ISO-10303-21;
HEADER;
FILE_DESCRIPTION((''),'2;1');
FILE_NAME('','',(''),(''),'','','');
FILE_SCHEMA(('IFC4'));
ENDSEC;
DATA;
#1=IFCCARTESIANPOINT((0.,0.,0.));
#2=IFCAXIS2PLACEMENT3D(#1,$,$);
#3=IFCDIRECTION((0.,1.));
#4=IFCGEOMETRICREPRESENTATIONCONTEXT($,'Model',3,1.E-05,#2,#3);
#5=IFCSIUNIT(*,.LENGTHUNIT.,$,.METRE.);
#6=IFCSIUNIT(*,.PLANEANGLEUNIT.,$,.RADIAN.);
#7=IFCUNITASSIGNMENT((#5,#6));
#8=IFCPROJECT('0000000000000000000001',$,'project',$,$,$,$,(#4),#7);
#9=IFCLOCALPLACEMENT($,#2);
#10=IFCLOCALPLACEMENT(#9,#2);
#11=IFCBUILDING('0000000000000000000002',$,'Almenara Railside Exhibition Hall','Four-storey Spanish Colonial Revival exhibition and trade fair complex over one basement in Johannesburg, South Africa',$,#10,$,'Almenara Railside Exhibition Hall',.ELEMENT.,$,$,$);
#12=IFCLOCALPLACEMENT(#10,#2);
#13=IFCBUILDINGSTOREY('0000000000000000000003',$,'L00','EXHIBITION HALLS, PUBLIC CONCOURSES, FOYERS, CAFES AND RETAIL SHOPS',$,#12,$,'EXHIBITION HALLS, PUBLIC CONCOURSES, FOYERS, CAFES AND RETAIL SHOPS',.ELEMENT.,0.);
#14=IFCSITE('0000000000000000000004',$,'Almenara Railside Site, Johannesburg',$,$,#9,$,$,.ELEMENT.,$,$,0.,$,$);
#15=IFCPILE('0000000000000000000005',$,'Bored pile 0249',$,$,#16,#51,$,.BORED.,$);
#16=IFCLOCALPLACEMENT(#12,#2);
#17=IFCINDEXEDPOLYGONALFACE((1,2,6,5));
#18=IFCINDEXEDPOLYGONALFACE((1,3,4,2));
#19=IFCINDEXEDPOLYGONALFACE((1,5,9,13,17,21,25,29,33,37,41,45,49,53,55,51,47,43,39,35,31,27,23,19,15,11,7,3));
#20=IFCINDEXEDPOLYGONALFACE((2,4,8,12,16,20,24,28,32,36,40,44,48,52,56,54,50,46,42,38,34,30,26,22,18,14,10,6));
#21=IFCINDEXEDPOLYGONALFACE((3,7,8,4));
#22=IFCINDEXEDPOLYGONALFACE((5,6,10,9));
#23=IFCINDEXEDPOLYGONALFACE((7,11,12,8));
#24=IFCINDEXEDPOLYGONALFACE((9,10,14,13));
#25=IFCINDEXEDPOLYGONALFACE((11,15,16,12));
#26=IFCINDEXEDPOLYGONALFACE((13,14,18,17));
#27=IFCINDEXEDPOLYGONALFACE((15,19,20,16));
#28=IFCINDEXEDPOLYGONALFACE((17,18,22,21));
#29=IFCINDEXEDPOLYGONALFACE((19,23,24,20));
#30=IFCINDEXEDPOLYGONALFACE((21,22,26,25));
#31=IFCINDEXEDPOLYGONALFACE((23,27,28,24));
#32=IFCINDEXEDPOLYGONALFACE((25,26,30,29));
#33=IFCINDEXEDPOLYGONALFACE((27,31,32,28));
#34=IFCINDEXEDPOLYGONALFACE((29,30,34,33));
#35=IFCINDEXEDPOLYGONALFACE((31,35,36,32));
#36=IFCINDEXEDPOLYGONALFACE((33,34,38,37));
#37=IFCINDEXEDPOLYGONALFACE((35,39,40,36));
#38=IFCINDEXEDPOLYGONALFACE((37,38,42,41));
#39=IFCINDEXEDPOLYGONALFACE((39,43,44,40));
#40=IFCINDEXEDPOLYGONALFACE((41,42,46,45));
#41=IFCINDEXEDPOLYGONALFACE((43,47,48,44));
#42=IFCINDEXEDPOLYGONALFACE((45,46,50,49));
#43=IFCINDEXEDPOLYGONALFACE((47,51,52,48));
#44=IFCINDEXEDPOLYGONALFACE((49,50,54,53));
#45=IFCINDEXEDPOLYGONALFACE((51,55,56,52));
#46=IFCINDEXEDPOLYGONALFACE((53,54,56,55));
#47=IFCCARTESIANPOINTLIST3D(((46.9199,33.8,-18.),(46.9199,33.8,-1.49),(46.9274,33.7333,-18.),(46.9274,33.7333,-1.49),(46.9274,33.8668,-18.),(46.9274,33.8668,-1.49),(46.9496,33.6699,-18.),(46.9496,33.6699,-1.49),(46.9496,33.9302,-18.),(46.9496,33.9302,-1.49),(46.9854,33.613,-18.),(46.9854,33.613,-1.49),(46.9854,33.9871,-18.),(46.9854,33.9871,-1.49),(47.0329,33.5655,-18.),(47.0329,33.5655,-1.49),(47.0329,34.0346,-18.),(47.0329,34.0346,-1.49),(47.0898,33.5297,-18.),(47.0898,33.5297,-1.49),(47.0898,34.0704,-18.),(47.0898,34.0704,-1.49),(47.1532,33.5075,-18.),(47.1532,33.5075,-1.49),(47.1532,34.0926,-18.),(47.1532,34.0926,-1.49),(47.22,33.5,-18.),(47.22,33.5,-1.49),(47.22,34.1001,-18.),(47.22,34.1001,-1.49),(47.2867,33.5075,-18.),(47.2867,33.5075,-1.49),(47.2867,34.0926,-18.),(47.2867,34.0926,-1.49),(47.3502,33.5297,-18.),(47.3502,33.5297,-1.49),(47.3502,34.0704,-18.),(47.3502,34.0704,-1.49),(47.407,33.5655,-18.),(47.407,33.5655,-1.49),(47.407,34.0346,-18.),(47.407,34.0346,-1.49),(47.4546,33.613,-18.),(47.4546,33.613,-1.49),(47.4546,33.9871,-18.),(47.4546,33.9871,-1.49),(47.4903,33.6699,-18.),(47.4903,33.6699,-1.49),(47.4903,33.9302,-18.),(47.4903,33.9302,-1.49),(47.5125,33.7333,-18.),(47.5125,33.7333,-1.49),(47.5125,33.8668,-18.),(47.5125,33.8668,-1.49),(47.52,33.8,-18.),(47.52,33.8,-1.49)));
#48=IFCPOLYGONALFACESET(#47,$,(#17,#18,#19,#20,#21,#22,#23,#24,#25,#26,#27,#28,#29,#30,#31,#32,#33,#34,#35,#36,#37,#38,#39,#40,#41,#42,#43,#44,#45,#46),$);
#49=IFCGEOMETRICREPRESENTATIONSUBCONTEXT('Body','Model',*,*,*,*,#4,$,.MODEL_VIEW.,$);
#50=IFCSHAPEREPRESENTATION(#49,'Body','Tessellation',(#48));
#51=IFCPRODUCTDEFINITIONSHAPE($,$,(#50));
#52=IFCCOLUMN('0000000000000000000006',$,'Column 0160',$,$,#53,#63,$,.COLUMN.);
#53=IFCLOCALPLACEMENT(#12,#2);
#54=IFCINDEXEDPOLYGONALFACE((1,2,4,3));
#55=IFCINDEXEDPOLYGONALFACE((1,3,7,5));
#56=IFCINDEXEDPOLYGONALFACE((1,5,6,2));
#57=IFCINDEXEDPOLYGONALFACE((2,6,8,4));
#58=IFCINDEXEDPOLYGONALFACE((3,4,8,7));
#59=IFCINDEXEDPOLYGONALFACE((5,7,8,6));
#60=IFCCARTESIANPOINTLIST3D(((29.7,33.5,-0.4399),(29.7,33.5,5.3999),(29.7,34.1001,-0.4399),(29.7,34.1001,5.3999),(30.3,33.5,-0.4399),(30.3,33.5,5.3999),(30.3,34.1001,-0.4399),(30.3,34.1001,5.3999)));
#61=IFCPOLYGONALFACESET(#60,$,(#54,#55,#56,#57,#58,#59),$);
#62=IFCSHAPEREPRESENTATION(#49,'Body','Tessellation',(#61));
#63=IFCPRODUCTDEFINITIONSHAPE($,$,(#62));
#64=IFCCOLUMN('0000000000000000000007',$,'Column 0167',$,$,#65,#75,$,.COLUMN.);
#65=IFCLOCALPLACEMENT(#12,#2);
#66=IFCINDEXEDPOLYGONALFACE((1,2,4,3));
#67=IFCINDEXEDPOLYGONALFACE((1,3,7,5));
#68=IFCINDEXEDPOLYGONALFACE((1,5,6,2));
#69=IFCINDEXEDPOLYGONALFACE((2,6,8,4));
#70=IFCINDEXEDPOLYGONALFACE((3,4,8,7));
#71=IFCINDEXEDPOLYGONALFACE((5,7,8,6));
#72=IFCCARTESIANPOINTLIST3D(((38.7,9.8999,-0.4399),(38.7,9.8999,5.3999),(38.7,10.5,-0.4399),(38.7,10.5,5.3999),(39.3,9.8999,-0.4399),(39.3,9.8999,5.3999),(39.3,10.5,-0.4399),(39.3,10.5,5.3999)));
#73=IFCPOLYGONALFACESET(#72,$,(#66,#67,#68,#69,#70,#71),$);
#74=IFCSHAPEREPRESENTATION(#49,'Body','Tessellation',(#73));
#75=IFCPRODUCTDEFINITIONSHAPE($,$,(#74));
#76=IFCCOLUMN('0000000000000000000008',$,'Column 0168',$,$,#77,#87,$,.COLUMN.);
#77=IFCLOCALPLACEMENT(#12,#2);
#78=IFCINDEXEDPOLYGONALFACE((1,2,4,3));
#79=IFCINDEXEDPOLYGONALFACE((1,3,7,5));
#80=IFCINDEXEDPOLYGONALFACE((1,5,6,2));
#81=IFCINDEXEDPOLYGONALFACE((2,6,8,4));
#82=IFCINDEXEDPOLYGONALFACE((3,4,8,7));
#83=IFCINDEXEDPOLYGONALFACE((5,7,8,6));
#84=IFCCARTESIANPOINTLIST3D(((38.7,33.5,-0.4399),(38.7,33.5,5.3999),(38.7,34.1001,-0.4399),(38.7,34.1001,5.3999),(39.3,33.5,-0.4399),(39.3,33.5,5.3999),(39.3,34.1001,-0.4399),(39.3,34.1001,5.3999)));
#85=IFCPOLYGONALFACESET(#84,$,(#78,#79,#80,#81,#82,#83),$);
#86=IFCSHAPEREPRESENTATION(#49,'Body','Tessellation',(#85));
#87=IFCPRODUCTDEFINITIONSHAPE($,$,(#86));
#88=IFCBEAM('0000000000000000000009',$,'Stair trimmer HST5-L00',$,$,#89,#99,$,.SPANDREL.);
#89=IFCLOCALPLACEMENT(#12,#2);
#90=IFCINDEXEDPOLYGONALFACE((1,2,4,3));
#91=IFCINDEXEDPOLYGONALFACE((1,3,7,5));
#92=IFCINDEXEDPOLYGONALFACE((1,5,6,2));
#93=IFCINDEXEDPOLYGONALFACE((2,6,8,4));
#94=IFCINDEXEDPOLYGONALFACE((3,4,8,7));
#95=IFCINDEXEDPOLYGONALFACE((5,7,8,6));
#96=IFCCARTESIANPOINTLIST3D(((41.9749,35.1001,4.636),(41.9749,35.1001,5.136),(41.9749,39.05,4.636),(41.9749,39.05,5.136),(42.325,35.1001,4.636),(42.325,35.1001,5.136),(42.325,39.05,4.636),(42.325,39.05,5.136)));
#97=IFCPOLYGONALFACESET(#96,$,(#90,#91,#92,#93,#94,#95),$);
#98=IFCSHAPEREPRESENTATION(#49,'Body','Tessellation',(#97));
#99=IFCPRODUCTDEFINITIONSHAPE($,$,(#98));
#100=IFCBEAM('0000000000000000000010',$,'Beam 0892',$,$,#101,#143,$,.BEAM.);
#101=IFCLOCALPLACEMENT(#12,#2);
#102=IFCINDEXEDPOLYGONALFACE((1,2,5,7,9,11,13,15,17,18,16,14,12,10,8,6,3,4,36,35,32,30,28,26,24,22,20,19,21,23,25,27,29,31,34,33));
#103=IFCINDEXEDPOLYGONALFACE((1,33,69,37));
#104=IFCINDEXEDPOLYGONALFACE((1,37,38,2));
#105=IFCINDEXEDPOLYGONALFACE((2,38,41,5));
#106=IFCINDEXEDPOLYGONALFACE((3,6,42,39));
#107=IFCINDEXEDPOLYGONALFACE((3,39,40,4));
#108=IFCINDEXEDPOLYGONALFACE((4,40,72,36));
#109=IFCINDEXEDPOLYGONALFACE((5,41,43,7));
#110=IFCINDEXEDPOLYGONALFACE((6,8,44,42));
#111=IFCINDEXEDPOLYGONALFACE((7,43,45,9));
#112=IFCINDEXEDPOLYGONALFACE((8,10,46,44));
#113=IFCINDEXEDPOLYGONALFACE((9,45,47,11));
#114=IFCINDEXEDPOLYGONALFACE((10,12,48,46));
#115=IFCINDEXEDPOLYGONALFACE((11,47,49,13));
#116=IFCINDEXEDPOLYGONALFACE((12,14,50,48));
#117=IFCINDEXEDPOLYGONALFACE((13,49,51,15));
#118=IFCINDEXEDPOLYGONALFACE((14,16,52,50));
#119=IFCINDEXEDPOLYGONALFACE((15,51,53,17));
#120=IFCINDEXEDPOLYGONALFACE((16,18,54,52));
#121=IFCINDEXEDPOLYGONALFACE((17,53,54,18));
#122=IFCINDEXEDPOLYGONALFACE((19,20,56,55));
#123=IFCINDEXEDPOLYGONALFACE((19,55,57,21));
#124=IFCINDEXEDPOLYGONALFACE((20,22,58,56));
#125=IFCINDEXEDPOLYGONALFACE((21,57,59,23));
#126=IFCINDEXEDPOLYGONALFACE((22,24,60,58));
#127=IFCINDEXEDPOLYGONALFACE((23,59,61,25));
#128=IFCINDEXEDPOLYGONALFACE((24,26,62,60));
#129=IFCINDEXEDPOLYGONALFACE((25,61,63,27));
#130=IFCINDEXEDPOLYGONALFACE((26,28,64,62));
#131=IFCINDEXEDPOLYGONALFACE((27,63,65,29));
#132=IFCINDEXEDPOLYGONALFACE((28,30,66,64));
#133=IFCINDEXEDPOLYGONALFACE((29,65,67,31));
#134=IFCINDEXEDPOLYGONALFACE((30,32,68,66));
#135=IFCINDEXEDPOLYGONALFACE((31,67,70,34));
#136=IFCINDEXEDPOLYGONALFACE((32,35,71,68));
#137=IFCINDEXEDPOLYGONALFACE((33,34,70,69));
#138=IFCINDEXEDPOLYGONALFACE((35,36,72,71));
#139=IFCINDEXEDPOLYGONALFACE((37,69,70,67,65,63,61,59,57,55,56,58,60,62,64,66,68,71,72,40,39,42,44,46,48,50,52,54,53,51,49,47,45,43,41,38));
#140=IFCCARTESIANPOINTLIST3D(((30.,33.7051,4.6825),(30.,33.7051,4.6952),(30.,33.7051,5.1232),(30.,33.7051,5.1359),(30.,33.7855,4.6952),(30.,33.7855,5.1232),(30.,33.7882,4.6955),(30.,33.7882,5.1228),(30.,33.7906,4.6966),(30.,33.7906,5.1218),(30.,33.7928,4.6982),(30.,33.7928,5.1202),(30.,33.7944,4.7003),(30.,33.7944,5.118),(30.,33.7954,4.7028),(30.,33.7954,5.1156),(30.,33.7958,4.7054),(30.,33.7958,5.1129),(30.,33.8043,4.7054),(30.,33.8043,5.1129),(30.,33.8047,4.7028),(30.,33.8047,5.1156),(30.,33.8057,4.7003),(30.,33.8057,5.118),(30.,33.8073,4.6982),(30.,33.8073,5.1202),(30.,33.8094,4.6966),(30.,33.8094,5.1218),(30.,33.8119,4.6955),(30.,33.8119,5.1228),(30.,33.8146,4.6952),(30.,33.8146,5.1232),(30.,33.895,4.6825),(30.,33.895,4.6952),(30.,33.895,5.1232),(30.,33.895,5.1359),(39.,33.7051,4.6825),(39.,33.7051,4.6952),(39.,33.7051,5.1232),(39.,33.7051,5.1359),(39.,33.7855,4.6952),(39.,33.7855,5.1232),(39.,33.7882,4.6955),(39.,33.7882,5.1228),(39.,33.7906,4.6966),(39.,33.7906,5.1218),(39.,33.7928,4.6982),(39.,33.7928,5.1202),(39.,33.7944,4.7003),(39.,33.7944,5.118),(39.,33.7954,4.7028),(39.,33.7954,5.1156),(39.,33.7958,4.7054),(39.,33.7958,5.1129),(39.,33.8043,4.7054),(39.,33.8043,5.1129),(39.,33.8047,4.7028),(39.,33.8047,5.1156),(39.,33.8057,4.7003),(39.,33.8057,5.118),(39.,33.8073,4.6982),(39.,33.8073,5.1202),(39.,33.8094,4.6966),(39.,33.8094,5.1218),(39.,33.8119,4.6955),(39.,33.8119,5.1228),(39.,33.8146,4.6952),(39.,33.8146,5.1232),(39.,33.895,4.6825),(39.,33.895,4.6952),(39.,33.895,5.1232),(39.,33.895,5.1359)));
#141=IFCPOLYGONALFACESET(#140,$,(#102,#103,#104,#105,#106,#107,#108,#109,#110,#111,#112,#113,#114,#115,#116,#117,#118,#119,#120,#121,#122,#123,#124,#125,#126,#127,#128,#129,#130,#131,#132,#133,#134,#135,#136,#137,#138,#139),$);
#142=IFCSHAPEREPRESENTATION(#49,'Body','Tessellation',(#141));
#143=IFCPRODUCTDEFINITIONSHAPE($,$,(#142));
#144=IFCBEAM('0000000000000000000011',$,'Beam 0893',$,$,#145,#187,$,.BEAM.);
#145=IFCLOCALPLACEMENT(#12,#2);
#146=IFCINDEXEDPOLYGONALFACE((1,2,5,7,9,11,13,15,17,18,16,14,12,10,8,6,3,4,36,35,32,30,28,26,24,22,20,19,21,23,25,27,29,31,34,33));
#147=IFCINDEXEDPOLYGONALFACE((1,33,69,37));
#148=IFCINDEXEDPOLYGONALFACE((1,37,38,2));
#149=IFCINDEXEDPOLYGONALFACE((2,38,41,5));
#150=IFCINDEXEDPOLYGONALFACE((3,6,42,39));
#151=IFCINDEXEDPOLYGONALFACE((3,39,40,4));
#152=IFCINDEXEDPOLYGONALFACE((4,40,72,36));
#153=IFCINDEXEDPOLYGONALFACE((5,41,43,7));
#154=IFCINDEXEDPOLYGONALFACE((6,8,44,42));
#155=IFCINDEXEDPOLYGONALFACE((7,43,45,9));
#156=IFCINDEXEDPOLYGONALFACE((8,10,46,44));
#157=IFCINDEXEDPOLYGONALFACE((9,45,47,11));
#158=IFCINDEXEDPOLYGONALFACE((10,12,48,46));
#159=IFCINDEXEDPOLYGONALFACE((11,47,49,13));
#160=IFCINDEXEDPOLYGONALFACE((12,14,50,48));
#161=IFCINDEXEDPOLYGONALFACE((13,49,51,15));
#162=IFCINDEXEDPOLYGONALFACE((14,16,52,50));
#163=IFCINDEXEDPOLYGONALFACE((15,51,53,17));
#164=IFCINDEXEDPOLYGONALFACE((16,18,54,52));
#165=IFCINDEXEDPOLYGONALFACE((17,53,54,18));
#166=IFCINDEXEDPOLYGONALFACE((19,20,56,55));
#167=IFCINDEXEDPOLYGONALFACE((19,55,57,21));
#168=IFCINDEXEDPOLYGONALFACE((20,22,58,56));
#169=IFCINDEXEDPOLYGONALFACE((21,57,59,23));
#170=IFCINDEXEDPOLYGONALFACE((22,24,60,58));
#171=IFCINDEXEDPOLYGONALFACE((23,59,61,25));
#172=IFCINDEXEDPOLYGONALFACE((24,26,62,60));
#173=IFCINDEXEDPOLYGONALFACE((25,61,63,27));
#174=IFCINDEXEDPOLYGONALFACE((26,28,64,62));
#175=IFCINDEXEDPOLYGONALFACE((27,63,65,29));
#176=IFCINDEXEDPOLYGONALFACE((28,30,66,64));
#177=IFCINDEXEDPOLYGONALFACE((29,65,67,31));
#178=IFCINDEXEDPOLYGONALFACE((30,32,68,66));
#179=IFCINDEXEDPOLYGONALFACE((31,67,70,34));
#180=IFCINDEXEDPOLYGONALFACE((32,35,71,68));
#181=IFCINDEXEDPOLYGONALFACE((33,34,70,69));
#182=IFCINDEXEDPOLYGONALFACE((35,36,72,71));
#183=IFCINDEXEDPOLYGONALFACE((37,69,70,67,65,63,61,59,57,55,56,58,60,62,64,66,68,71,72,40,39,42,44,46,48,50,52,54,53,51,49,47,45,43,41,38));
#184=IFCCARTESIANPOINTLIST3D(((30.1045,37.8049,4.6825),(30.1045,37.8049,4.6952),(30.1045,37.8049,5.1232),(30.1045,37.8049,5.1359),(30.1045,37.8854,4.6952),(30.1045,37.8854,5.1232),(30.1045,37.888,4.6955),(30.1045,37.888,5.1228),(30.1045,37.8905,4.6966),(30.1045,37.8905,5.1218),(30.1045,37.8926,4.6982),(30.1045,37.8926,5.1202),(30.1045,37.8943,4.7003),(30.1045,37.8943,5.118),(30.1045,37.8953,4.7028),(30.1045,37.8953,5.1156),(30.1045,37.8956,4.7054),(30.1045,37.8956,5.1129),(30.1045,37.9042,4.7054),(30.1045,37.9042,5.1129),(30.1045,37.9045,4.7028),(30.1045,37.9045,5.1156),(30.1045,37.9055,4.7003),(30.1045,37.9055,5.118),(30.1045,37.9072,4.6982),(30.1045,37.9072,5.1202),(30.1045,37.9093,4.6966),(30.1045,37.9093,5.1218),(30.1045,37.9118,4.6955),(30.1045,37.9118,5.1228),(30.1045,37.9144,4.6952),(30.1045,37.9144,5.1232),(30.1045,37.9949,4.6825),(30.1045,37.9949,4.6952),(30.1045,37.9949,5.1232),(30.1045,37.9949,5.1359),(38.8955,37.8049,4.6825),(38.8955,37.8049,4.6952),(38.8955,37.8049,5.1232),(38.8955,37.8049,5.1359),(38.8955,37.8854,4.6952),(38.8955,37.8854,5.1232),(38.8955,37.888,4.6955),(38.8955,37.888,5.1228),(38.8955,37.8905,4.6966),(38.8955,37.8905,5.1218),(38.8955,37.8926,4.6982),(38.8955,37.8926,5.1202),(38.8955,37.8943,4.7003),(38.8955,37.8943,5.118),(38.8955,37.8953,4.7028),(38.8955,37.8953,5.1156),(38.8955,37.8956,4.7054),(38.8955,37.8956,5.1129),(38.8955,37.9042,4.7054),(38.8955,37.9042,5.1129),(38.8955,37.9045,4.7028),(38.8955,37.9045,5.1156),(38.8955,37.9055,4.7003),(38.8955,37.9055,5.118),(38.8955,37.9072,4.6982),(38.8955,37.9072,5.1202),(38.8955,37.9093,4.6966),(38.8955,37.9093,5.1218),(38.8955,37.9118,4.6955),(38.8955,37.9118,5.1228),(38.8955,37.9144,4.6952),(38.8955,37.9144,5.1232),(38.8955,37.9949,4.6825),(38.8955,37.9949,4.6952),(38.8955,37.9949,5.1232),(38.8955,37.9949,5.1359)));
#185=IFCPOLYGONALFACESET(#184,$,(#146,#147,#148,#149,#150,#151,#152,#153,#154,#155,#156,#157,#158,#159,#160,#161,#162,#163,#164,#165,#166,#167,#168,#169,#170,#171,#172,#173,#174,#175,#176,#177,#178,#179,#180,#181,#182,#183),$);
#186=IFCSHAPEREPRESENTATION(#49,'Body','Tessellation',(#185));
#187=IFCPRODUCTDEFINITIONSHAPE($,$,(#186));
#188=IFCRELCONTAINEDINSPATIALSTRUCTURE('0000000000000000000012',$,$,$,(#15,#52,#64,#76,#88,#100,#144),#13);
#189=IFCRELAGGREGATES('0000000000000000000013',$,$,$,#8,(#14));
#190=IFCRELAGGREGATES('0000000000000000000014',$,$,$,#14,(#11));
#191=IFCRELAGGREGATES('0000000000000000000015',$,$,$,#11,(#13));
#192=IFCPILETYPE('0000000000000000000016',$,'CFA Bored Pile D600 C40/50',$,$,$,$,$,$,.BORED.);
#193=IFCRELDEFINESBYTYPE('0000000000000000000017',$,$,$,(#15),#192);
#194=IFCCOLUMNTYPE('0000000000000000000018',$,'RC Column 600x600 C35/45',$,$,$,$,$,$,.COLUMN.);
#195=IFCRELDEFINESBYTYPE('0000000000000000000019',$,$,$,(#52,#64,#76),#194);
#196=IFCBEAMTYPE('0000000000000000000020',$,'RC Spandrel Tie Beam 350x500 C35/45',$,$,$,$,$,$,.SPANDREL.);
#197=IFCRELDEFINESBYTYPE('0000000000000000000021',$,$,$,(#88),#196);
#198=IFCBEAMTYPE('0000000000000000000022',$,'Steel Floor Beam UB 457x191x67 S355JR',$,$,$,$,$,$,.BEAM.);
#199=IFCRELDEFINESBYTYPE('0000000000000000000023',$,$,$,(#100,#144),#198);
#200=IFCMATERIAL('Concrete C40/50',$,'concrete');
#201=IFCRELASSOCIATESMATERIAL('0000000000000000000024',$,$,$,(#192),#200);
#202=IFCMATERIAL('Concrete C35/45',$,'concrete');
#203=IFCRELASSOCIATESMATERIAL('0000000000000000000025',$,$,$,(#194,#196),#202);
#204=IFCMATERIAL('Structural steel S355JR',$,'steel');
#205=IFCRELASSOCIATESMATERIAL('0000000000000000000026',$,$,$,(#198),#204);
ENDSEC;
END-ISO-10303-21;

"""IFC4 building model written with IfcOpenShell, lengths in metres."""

from ifc_helpers import new_model, si_unit, direction, frame, origin, origin_2d, place, context, subcontext, project, spatial, rectangle, circle, i_section, extrude, material, material_profile, profile_set, type_object, element, save


model = new_model("IFC4")

# Units and contexts
model_context = context("Model", 3, precision=1e-05, world=origin(), true_north=direction((0.0, 1.0)))
body_context = subcontext(model_context, "Body", "Model", "MODEL_VIEW")
ifc_project = project(units=[si_unit("LENGTHUNIT", "METRE"), si_unit("PLANEANGLEUNIT", "RADIAN")], contexts=[model_context])

# Site, building, storey
site_placement = place(None, origin())
site = spatial("IfcSite", under=ifc_project, at=site_placement, Name="Almenara Railside Site, Johannesburg", CompositionType="ELEMENT", RefElevation=0.0)
building_placement = place(site_placement, origin())
building = spatial("IfcBuilding", under=site, at=building_placement, Name="Almenara Railside Exhibition Hall", Description="Four-storey Spanish Colonial Revival exhibition and trade fair complex over one basement in Johannesburg, South Africa", LongName="Almenara Railside Exhibition Hall", CompositionType="ELEMENT")
storey_placement = place(building_placement, origin())
storey = spatial("IfcBuildingStorey", under=building, at=storey_placement, Name="L00", Description="EXHIBITION HALLS, PUBLIC CONCOURSES, FOYERS, CAFES AND RETAIL SHOPS", LongName="EXHIBITION HALLS, PUBLIC CONCOURSES, FOYERS, CAFES AND RETAIL SHOPS", CompositionType="ELEMENT", Elevation=0.0)

# Pile
ifc_material_1 = material(Name="Concrete C40/50", Category="concrete")
ifc_material_profile_1 = material_profile(ifc_material_1, circle(Radius=0.3, at=origin_2d()), Name="CFA-PILE D600")
ifc_profile_set_1 = profile_set([ifc_material_profile_1], Name="Concrete C40/50")
pile_type = type_object("IfcPileType", Name="CFA Bored Pile D600 C40/50", PredefinedType="BORED", material=ifc_profile_set_1)
for number, where, z_axis, x_axis, name in (
    (1, (47.22, 33.8, -1.49), (0.0, 0.0, -1.0), (1.0, 0.0, 0.0), "Bored pile 0249"),
):
    element("IfcPile", number, at=place(storey_placement, frame(where, z_axis=z_axis, x_axis=x_axis)), inside=storey, type_object=pile_type, Name=name, PredefinedType="BORED", context=body_context, shape_type="SweptSolid", body=[
        extrude(circle(Radius=0.3, at=origin_2d()), origin(), (0.0, 0.0, 1.0), 16.51),
    ])

# Columns
ifc_material_2 = material(Name="Concrete C35/45", Category="concrete")
ifc_material_profile_2 = material_profile(ifc_material_2, rectangle(XDim=0.6001, YDim=0.6001, at=origin_2d()), Name="RC 600x600")
ifc_profile_set_2 = profile_set([ifc_material_profile_2], Name="Concrete C35/45")
column_type = type_object("IfcColumnType", Name="RC Column 600x600 C35/45", PredefinedType="COLUMN", material=ifc_profile_set_2)
for number, where, z_axis, x_axis, name in (
    (2, (30.0, 33.8, -0.4399), (0.0, 0.0, 1.0), (1.0, 0.0, 0.0), "Column 0160"),
    (3, (39.0, 10.2, -0.4399), (0.0, 0.0, 1.0), (1.0, 0.0, 0.0), "Column 0167"),
    (4, (39.0, 33.8, -0.4399), (0.0, 0.0, 1.0), (1.0, 0.0, 0.0), "Column 0168"),
):
    element("IfcColumn", number, at=place(storey_placement, frame(where, z_axis=z_axis, x_axis=x_axis)), inside=storey, type_object=column_type, Name=name, PredefinedType="COLUMN", context=body_context, shape_type="SweptSolid", body=[
        extrude(rectangle(XDim=0.6001, YDim=0.6001, at=origin_2d()), origin(), (0.0, 0.0, 1.0), 5.8398),
    ])

# Beams
ifc_material_profile_3 = material_profile(ifc_material_2, rectangle(XDim=0.3501, YDim=0.5, at=origin_2d()), Name="RC 350x500")
ifc_profile_set_3 = profile_set([ifc_material_profile_3], Name="Concrete C35/45")
beam_type_1 = type_object("IfcBeamType", Name="RC Spandrel Tie Beam 350x500 C35/45", PredefinedType="SPANDREL", material=ifc_profile_set_3)
beam_1_placement = place(storey_placement, frame((42.1499, 35.1001, 4.886), z_axis=(0.0, 1.0, 0.0), x_axis=(-1.0, 0.0, 0.0)))
element("IfcBeam", 5, at=beam_1_placement, inside=storey, type_object=beam_type_1, Name="Stair trimmer HST5-L00", PredefinedType="SPANDREL", context=body_context, shape_type="SweptSolid", body=[
    extrude(rectangle(XDim=0.3501, YDim=0.5, at=origin_2d()), origin(), (0.0, 0.0, 1.0), 3.95),
])
ifc_material_3 = material(Name="Structural steel S355JR", Category="steel")
ifc_material_profile_4 = material_profile(ifc_material_3, i_section(OverallWidth=0.1899, OverallDepth=0.4534, WebThickness=0.0085, FlangeThickness=0.0127, FilletRadius=0.0103, at=origin_2d()), Name="UB 457x191x67")
ifc_profile_set_4 = profile_set([ifc_material_profile_4], Name="Structural steel S355JR")
beam_type_2 = type_object("IfcBeamType", Name="Steel Floor Beam UB 457x191x67 S355JR", PredefinedType="BEAM", material=ifc_profile_set_4)
beam_2_placement = place(storey_placement, frame((30.0, 33.8, 4.9092), z_axis=(1.0, 0.0, 0.0), x_axis=(0.0, 1.0, 0.0)))
element("IfcBeam", 6, at=beam_2_placement, inside=storey, type_object=beam_type_2, Name="Beam 0892", PredefinedType="BEAM", context=body_context, shape_type="SweptSolid", body=[
    extrude(i_section(OverallWidth=0.1899, OverallDepth=0.4534, WebThickness=0.0085, FlangeThickness=0.0127, FilletRadius=0.0103, at=origin_2d()), origin(), (0.0, 0.0, 1.0), 9.0),
])
beam_3_placement = place(storey_placement, frame((30.1045, 37.8999, 4.9092), z_axis=(1.0, 0.0, 0.0), x_axis=(0.0, 1.0, 0.0)))
element("IfcBeam", 7, at=beam_3_placement, inside=storey, type_object=beam_type_2, Name="Beam 0893", PredefinedType="BEAM", context=body_context, shape_type="SweptSolid", body=[
    extrude(i_section(OverallWidth=0.1899, OverallDepth=0.4534, WebThickness=0.0085, FlangeThickness=0.0127, FilletRadius=0.0103, at=origin_2d()), origin(), (0.0, 0.0, 1.0), 8.791),
])

save(model, "model.ifc")
